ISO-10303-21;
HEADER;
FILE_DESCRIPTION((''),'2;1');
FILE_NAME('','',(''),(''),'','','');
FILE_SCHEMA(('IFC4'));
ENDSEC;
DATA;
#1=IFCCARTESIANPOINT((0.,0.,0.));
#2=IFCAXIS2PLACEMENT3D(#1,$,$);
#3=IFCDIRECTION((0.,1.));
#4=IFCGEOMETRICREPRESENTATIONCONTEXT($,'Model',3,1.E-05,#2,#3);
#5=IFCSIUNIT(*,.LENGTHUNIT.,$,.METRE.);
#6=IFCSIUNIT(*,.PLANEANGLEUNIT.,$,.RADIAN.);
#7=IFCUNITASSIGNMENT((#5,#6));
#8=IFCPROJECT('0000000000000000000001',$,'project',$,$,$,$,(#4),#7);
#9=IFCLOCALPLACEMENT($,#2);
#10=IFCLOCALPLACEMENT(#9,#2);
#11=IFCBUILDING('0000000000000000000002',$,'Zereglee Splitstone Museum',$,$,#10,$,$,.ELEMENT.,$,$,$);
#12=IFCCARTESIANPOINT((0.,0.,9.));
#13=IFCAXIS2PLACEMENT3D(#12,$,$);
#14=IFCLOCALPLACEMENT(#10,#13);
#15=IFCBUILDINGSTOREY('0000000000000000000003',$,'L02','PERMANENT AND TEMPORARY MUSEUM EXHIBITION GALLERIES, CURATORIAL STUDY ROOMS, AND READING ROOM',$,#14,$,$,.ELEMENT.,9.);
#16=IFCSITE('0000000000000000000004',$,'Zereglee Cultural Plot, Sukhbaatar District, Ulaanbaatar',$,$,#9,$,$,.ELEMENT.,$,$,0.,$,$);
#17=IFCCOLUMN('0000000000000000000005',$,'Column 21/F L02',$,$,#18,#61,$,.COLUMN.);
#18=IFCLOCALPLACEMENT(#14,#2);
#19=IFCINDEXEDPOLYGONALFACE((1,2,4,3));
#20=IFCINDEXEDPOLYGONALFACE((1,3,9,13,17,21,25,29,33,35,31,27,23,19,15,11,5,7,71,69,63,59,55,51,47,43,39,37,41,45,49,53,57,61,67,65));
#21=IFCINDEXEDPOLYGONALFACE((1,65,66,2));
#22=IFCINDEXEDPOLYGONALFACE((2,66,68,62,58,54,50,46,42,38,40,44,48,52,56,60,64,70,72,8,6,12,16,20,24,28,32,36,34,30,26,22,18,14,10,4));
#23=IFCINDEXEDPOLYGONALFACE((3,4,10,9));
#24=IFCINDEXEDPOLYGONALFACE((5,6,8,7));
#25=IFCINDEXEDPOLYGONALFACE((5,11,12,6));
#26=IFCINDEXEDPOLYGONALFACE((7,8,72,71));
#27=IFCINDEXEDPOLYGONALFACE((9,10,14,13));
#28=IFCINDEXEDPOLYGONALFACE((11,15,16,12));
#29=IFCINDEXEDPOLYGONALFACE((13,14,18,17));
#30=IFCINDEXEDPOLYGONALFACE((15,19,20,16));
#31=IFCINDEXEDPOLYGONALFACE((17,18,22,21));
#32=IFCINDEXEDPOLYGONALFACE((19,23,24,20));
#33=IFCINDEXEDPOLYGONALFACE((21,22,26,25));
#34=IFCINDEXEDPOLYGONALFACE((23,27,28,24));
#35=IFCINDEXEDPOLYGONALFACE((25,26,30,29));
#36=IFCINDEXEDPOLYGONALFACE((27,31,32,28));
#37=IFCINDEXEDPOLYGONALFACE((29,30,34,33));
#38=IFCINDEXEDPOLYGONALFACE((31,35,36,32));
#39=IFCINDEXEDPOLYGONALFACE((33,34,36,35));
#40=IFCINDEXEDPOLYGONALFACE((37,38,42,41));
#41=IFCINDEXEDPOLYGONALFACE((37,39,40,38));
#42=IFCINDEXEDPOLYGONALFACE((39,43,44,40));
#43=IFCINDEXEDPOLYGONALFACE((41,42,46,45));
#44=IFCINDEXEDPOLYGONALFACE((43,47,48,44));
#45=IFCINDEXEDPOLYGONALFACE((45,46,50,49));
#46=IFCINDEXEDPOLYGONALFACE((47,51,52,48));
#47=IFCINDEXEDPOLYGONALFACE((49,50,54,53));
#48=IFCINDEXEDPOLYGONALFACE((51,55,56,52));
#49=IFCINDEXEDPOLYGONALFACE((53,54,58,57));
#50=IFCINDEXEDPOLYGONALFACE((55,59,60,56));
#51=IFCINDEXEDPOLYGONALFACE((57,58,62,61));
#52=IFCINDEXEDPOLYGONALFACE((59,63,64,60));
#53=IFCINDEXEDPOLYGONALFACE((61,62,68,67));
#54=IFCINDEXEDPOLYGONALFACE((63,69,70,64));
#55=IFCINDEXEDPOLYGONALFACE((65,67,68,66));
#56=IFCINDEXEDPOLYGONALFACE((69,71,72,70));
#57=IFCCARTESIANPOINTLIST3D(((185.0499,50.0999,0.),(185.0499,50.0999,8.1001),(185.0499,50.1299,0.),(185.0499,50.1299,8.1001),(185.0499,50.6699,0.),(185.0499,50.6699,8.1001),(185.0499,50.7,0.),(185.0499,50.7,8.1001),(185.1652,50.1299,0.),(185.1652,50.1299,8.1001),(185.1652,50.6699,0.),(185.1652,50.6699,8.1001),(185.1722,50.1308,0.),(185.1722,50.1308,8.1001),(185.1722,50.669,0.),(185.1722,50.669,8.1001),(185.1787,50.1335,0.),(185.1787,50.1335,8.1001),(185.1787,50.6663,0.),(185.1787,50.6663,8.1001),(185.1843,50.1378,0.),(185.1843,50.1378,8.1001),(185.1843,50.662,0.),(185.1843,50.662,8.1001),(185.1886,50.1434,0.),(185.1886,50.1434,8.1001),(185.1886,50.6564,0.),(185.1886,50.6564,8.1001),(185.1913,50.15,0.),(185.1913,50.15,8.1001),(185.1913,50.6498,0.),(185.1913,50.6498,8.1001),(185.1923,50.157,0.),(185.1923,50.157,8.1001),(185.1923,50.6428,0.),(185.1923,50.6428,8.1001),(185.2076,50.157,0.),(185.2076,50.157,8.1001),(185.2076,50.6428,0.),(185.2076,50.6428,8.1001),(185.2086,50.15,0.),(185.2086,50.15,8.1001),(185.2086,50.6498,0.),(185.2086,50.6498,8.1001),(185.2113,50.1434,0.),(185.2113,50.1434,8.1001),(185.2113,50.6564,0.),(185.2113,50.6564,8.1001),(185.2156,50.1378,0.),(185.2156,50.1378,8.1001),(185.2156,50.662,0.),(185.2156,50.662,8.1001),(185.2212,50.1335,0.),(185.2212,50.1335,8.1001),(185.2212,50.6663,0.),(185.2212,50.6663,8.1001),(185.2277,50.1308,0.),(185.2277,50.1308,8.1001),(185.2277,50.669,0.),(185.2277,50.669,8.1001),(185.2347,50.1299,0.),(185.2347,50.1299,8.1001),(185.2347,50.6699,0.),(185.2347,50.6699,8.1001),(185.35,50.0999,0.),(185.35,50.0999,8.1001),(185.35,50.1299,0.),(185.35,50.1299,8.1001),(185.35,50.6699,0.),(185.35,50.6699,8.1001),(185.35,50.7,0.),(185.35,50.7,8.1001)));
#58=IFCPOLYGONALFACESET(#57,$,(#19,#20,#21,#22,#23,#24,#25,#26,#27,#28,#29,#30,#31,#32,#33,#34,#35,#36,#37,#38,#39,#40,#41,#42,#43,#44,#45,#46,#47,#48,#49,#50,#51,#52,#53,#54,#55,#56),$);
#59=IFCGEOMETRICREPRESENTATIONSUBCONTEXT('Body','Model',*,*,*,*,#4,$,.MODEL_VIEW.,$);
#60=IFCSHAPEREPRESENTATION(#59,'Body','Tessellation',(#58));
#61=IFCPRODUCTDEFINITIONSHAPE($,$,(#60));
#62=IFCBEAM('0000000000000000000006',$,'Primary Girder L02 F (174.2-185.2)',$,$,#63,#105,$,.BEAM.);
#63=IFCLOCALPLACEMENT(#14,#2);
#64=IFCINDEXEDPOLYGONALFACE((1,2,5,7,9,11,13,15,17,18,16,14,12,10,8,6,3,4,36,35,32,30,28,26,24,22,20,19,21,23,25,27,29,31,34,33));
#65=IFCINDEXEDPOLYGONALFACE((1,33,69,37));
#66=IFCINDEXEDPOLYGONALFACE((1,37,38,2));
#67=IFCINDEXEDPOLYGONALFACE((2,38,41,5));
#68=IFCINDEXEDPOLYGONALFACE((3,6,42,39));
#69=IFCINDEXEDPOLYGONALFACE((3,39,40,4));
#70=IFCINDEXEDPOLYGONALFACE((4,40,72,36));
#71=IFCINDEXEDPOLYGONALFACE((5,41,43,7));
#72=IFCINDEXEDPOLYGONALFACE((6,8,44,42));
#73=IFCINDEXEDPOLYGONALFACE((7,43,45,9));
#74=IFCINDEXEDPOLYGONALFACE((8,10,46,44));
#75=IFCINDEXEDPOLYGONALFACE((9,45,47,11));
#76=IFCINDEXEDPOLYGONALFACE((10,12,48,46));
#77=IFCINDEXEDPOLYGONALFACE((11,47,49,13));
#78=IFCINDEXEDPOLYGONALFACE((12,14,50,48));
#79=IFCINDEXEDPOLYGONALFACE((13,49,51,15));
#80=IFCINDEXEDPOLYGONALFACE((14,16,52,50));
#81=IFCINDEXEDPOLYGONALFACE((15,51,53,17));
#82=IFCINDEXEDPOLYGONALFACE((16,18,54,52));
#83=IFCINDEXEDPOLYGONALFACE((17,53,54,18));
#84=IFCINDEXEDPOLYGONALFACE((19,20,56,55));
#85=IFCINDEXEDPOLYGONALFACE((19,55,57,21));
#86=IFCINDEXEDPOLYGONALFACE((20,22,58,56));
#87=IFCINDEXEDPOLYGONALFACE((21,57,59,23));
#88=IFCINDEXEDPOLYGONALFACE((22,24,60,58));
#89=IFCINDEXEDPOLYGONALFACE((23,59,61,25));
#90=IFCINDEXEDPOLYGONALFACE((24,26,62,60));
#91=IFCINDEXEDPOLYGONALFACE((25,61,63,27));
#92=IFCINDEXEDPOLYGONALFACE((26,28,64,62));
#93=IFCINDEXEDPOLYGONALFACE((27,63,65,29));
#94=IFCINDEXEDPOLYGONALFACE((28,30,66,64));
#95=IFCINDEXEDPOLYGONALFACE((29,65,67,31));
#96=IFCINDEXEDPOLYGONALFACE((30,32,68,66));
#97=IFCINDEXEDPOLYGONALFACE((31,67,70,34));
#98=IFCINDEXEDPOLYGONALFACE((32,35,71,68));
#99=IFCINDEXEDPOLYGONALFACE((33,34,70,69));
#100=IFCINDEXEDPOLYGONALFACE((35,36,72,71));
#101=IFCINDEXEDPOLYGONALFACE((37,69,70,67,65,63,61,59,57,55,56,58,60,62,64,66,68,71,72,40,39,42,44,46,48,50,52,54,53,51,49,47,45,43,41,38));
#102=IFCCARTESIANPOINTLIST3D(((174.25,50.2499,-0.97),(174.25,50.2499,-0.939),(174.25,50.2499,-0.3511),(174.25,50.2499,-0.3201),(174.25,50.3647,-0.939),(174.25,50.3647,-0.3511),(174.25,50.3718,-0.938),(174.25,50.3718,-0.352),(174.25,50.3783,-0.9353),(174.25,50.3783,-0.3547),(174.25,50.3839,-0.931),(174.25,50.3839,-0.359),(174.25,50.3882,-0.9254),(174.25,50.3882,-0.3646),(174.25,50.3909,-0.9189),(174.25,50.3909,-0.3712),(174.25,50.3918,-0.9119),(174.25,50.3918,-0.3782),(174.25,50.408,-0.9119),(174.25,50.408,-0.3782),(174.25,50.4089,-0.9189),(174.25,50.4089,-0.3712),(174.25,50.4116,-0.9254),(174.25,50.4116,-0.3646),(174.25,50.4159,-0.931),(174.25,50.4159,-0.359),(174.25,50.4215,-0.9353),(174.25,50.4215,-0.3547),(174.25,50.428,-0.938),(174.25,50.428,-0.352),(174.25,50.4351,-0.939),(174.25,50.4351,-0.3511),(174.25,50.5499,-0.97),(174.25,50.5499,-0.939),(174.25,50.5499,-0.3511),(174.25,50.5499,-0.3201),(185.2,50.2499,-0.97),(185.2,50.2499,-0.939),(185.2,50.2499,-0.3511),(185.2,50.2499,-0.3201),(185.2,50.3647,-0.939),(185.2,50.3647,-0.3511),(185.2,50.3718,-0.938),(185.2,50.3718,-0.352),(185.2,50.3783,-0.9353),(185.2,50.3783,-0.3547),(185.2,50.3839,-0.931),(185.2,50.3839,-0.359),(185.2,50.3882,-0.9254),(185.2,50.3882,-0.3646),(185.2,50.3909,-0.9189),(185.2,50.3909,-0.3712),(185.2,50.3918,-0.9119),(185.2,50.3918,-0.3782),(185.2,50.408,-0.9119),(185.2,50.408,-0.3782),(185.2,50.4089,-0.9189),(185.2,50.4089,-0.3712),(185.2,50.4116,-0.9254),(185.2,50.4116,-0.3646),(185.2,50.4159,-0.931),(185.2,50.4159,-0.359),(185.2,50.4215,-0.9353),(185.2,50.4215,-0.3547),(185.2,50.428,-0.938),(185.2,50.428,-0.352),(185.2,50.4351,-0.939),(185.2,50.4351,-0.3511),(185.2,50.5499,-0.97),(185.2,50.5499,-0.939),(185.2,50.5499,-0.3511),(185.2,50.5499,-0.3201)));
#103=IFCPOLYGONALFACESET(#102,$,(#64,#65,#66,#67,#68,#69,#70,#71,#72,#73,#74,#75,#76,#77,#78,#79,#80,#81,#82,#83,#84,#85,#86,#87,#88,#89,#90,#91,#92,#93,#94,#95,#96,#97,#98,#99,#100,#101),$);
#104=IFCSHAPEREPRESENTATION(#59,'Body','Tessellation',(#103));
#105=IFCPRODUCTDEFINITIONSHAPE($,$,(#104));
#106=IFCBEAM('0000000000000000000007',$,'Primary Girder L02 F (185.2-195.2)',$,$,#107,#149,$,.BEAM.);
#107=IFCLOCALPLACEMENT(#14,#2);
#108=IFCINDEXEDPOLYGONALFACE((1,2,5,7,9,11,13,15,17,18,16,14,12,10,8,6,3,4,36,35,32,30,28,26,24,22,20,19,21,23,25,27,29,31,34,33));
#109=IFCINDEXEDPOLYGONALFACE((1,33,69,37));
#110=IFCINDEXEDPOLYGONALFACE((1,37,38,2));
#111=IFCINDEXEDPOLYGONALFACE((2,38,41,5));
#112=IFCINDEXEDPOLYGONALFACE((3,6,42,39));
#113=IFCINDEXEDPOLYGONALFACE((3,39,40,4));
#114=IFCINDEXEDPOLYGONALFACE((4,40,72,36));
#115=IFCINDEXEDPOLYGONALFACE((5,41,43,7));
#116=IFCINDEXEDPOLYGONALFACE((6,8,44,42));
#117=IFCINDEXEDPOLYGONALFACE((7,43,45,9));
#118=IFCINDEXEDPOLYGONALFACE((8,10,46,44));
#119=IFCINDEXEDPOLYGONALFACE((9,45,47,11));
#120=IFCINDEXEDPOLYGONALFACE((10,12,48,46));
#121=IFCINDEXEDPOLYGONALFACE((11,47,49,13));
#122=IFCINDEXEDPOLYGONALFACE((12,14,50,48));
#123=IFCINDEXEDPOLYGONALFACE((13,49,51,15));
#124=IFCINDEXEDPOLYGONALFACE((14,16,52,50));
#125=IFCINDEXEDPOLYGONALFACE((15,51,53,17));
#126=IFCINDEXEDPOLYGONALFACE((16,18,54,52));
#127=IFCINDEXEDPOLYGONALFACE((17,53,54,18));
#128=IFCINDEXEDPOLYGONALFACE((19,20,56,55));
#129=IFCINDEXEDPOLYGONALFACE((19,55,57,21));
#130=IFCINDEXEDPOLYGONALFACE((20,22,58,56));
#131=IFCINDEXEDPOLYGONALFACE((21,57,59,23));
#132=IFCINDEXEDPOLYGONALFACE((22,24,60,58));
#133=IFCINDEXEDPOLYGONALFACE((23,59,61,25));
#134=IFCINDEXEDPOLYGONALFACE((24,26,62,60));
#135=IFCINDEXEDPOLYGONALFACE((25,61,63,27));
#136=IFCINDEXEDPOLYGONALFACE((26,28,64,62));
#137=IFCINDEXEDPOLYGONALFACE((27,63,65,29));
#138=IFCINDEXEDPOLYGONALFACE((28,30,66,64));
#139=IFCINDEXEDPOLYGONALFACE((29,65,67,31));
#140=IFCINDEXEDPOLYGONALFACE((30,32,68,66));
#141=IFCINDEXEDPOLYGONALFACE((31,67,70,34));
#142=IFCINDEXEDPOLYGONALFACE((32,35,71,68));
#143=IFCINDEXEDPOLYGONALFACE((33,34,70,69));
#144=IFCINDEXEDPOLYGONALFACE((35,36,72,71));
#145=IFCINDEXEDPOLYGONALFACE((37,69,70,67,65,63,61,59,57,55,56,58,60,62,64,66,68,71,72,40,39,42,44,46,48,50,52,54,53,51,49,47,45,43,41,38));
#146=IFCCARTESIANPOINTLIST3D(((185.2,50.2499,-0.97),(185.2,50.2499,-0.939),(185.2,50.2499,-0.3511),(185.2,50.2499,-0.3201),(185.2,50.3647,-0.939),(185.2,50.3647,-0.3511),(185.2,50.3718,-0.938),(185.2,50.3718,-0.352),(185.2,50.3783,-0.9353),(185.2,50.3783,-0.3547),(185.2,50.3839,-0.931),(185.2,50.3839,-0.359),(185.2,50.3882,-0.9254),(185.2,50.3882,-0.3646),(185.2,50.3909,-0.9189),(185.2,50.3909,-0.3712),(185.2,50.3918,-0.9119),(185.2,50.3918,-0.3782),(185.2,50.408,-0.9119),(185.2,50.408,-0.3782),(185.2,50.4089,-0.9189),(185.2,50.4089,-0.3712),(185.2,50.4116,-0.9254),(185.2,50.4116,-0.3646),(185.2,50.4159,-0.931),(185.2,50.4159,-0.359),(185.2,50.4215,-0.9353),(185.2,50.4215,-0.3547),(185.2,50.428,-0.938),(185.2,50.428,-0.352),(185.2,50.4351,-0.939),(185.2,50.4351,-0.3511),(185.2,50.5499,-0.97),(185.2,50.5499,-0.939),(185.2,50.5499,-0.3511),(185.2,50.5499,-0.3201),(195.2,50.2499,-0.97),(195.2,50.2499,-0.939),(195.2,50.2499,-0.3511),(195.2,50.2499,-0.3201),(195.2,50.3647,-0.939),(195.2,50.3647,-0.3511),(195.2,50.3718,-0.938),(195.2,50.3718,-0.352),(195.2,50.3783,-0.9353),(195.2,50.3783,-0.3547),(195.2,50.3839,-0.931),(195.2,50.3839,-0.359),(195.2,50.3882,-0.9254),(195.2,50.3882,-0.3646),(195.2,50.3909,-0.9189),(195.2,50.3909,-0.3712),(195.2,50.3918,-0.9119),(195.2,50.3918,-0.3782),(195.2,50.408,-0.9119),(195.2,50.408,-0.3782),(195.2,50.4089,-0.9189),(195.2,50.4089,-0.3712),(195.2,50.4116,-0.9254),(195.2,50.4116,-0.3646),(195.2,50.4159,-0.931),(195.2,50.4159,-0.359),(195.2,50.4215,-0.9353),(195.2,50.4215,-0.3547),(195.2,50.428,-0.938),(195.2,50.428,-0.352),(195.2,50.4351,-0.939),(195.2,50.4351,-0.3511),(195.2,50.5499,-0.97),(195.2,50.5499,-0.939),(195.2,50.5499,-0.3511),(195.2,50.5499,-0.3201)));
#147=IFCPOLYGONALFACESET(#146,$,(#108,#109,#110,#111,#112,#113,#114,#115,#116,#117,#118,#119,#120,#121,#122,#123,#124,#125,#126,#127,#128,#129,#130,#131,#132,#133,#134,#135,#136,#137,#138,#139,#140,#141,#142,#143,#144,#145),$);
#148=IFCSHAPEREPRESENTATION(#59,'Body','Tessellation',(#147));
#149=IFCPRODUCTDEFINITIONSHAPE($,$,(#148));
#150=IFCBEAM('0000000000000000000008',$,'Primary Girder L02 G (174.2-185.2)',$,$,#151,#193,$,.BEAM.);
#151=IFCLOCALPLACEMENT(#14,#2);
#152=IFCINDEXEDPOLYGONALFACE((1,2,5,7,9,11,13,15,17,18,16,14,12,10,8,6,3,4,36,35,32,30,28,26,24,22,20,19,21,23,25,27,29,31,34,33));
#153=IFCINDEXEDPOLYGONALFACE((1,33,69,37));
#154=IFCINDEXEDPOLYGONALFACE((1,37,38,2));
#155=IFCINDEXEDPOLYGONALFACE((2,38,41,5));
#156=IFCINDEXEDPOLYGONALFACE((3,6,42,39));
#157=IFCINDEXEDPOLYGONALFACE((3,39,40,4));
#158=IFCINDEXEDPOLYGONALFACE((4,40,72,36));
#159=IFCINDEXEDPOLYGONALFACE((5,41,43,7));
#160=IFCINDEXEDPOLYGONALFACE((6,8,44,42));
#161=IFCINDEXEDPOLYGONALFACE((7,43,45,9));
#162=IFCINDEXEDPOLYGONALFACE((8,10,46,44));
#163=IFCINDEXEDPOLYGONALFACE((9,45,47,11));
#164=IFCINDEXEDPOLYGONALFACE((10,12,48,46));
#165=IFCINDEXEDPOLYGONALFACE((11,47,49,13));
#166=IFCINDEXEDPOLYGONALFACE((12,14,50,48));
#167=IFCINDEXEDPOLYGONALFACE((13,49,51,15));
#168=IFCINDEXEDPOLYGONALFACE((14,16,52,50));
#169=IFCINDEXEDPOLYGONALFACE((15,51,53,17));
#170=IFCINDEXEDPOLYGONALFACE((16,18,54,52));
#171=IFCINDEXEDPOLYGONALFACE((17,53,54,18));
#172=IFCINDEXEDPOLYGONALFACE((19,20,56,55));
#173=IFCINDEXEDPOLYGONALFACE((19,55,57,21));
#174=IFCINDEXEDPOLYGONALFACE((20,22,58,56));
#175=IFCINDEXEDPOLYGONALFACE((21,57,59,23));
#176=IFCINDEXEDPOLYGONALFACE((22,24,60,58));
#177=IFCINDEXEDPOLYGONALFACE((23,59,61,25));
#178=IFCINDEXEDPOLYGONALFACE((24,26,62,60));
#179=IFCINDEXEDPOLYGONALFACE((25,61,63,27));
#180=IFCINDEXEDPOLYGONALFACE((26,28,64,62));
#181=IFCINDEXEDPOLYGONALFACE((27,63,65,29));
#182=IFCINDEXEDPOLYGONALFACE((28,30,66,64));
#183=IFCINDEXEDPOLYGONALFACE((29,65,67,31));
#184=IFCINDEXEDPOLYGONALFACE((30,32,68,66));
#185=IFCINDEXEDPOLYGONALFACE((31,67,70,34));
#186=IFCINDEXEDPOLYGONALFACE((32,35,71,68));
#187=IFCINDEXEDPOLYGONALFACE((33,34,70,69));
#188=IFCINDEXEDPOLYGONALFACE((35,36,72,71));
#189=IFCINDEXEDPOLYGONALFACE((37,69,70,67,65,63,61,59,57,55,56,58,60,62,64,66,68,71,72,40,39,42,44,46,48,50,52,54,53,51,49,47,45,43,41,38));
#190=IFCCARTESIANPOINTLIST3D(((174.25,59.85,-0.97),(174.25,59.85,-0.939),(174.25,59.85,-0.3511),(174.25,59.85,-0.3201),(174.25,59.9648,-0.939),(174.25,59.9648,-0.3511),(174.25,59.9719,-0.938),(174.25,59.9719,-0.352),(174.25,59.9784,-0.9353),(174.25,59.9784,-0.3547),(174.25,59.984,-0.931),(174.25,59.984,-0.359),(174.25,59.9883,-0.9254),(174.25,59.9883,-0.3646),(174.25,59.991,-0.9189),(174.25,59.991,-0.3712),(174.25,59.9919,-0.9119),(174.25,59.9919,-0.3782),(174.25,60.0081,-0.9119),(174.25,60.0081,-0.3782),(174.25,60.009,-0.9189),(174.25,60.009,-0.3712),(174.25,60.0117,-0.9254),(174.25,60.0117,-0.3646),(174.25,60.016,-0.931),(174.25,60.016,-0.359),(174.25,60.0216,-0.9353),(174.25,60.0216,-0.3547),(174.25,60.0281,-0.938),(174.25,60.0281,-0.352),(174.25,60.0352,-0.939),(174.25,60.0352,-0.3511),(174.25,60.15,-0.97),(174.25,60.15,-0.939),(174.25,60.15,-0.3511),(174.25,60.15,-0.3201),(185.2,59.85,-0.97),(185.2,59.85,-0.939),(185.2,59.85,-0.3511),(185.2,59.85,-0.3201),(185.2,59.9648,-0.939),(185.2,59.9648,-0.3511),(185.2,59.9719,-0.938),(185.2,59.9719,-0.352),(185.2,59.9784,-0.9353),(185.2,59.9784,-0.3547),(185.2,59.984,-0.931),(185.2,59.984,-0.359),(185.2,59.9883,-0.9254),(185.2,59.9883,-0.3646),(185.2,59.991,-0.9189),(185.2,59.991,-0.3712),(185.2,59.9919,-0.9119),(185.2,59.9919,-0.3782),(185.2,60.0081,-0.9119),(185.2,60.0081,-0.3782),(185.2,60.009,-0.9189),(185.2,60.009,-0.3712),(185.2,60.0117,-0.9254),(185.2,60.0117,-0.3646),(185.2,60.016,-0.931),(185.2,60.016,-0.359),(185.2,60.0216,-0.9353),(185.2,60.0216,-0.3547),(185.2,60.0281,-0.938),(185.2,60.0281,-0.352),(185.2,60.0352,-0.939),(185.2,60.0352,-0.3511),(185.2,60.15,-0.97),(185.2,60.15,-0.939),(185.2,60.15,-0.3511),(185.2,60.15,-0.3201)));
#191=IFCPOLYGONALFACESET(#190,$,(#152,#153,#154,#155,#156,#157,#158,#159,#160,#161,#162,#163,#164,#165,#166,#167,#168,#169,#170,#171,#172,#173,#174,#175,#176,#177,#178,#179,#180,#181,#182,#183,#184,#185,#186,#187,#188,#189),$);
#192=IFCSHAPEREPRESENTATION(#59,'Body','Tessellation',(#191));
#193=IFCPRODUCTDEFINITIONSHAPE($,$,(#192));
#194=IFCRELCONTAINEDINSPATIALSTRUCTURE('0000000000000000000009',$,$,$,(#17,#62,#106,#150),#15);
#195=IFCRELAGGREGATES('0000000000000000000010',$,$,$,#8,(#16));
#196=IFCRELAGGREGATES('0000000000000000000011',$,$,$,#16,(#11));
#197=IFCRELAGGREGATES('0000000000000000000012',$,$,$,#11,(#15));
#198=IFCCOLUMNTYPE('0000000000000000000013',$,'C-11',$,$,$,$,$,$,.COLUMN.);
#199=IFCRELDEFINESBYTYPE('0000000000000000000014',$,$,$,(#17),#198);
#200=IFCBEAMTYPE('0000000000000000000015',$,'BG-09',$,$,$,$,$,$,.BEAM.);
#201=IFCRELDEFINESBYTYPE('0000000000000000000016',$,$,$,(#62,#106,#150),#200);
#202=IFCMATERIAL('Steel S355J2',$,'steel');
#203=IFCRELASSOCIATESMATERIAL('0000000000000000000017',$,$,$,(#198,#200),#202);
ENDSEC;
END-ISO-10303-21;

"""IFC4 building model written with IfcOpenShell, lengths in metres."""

from ifc_helpers import new_model, si_unit, direction, frame, origin, origin_2d, place, context, subcontext, project, spatial, i_section, extrude, material, material_profile, profile_set, type_object, element, save


model = new_model("IFC4")

# Units and contexts
model_context = context("Model", 3, precision=1e-05, world=origin(), true_north=direction((0.0, 1.0)))
body_context = subcontext(model_context, "Body", "Model", "MODEL_VIEW")
ifc_project = project(units=[si_unit("LENGTHUNIT", "METRE"), si_unit("PLANEANGLEUNIT", "RADIAN")], contexts=[model_context])

# Site, building, storey
site_placement = place(None, origin())
site = spatial("IfcSite", under=ifc_project, at=site_placement, Name="Zereglee Cultural Plot, Sukhbaatar District, Ulaanbaatar", CompositionType="ELEMENT", RefElevation=0.0)
building_placement = place(site_placement, origin())
building = spatial("IfcBuilding", under=site, at=building_placement, Name="Zereglee Splitstone Museum", CompositionType="ELEMENT")
storey_placement = place(building_placement, frame((0.0, 0.0, 9.0)))
storey = spatial("IfcBuildingStorey", under=building, at=storey_placement, Name="L02", Description="PERMANENT AND TEMPORARY MUSEUM EXHIBITION GALLERIES, CURATORIAL STUDY ROOMS, AND READING ROOM", CompositionType="ELEMENT", Elevation=9.0)

# Column
ifc_material_1 = material(Name="Steel S355J2", Category="steel")
ifc_material_profile_1 = material_profile(ifc_material_1, i_section(OverallWidth=0.3, OverallDepth=0.6001, WebThickness=0.0154, FlangeThickness=0.03, FilletRadius=0.0271, at=origin_2d()), Name="HE 600 B")
ifc_profile_set_1 = profile_set([ifc_material_profile_1], Name="Steel S355J2")
column_type_1 = type_object("IfcColumnType", Name="C-11", PredefinedType="COLUMN", material=ifc_profile_set_1)
column_1_placement = place(storey_placement, frame((185.2, 50.3999, 0.0), z_axis=(0.0, 0.0, 1.0), x_axis=(1.0, 0.0, 0.0)))
element("IfcColumn", 1, at=column_1_placement, inside=storey, type_object=column_type_1, Name="Column 21/F L02", PredefinedType="COLUMN", context=body_context, shape_type="SweptSolid", body=[
    extrude(i_section(OverallWidth=0.3, OverallDepth=0.6001, WebThickness=0.0154, FlangeThickness=0.03, FilletRadius=0.0271, at=origin_2d()), origin(), (0.0, 0.0, 1.0), 8.1001),
])

# Beams
ifc_material_profile_2 = material_profile(ifc_material_1, i_section(OverallWidth=0.3, OverallDepth=0.6499, WebThickness=0.0161, FlangeThickness=0.031, FilletRadius=0.0271, at=origin_2d()), Name="HE 650 B")
ifc_profile_set_2 = profile_set([ifc_material_profile_2], Name="Steel S355J2")
beam_type_1 = type_object("IfcBeamType", Name="BG-09", PredefinedType="BEAM", material=ifc_profile_set_2)
beam_1_placement = place(storey_placement, frame((174.25, 50.3999, -0.645), z_axis=(1.0, 0.0, 0.0), x_axis=(0.0, 1.0, 0.0)))
element("IfcBeam", 2, at=beam_1_placement, inside=storey, type_object=beam_type_1, Name="Primary Girder L02 F (174.2-185.2)", PredefinedType="BEAM", context=body_context, shape_type="SweptSolid", body=[
    extrude(i_section(OverallWidth=0.3, OverallDepth=0.6499, WebThickness=0.0161, FlangeThickness=0.031, FilletRadius=0.0271, at=origin_2d()), origin(), (0.0, 0.0, 1.0), 10.95),
])
beam_2_placement = place(storey_placement, frame((185.2, 50.3999, -0.645), z_axis=(1.0, 0.0, 0.0), x_axis=(0.0, 1.0, 0.0)))
element("IfcBeam", 3, at=beam_2_placement, inside=storey, type_object=beam_type_1, Name="Primary Girder L02 F (185.2-195.2)", PredefinedType="BEAM", context=body_context, shape_type="SweptSolid", body=[
    extrude(i_section(OverallWidth=0.3, OverallDepth=0.6499, WebThickness=0.0161, FlangeThickness=0.031, FilletRadius=0.0271, at=origin_2d()), origin(), (0.0, 0.0, 1.0), 10.0),
])
beam_3_placement = place(storey_placement, frame((174.25, 60.0, -0.645), z_axis=(1.0, 0.0, 0.0), x_axis=(0.0, 1.0, 0.0)))
element("IfcBeam", 4, at=beam_3_placement, inside=storey, type_object=beam_type_1, Name="Primary Girder L02 G (174.2-185.2)", PredefinedType="BEAM", context=body_context, shape_type="SweptSolid", body=[
    extrude(i_section(OverallWidth=0.3, OverallDepth=0.6499, WebThickness=0.0161, FlangeThickness=0.031, FilletRadius=0.0271, at=origin_2d()), origin(), (0.0, 0.0, 1.0), 10.95),
])

save(model, "model.ifc")
